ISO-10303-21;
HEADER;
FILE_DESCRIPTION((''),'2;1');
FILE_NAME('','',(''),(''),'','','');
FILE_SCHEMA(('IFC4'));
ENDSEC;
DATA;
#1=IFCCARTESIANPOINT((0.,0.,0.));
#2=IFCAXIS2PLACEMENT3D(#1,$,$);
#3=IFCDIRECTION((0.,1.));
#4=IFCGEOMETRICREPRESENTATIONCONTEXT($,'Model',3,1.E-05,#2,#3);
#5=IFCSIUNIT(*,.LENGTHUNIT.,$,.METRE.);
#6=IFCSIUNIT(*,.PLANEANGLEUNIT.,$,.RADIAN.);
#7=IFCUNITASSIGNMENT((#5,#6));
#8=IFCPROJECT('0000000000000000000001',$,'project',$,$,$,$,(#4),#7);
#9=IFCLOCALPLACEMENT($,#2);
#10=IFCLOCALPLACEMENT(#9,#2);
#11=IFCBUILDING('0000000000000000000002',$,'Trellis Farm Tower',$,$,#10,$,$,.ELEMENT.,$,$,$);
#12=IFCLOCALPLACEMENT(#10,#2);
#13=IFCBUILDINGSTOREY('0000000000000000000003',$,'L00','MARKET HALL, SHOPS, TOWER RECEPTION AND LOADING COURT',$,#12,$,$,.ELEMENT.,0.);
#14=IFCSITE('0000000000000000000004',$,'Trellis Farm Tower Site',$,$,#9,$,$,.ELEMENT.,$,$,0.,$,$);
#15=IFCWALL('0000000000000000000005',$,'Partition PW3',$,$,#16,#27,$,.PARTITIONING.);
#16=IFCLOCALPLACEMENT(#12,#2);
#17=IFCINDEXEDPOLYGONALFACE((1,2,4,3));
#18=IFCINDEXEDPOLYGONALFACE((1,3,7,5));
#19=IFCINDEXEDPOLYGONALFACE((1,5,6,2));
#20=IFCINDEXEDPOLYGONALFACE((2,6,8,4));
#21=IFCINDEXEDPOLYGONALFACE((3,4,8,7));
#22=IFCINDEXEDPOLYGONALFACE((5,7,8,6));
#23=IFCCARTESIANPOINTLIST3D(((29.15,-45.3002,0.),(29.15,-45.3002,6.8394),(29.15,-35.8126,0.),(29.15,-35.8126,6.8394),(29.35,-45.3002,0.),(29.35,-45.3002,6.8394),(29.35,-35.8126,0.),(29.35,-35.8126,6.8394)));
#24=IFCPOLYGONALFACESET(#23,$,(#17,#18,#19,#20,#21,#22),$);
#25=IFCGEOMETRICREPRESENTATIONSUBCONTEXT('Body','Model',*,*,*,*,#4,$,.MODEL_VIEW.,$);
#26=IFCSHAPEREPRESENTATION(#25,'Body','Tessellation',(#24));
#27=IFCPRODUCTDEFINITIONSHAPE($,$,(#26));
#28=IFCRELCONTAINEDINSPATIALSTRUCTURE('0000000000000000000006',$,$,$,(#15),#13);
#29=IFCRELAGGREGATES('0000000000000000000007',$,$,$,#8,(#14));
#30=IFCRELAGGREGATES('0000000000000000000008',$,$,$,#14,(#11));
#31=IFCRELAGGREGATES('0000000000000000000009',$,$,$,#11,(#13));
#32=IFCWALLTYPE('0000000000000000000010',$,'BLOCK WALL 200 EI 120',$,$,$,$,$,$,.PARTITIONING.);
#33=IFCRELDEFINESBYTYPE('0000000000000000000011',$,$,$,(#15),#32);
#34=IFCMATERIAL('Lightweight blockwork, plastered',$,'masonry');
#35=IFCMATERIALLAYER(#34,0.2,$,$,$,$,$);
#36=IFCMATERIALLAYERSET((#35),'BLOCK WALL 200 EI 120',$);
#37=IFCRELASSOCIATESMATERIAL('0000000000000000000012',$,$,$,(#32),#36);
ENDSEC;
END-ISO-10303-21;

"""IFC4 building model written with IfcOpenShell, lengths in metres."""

from ifc_helpers import new_model, si_unit, direction, frame, frame_2d, origin, place, context, subcontext, project, spatial, rectangle, extrude, source, transform, mapped, material, layer, layer_set, type_object, element, save


model = new_model("IFC4")

# Units and contexts
model_context = context("Model", 3, precision=1e-05, world=origin(), true_north=direction((0.0, 1.0)))
body_context = subcontext(model_context, "Body", "Model", "MODEL_VIEW")
ifc_project = project(units=[si_unit("LENGTHUNIT", "METRE"), si_unit("PLANEANGLEUNIT", "RADIAN")], contexts=[model_context])

# Site, building, storey
site_placement = place(None, origin())
site = spatial("IfcSite", under=ifc_project, at=site_placement, Name="Trellis Farm Tower Site", CompositionType="ELEMENT", RefElevation=0.0)
building_placement = place(site_placement, origin())
building = spatial("IfcBuilding", under=site, at=building_placement, Name="Trellis Farm Tower", CompositionType="ELEMENT")
storey_placement = place(building_placement, origin())
storey = spatial("IfcBuildingStorey", under=building, at=storey_placement, Name="L00", Description="MARKET HALL, SHOPS, TOWER RECEPTION AND LOADING COURT", CompositionType="ELEMENT", Elevation=0.0)

# Wall
ifc_material_1 = material(Name="Lightweight blockwork, plastered", Category="masonry")
ifc_layer_1 = layer(ifc_material_1, 0.2)
ifc_layer_set_1 = layer_set([ifc_layer_1], Name="BLOCK WALL 200 EI 120")
wall_type_1 = type_object("IfcWallType", Name="BLOCK WALL 200 EI 120", PredefinedType="PARTITIONING", material=ifc_layer_set_1)
shared_shape_1 = source(origin(), body_context, "Body", "SweptSolid", [
    extrude(rectangle(XDim=9.4875, YDim=0.2, at=frame_2d((4.7437, 0.0))), origin(), (0.0, 0.0, 1.0), 6.8394),
])
wall_1_placement = place(storey_placement, frame((29.25, -45.3, 0.0), z_axis=(0.0, 0.0, 1.0), x_axis=(0.0, 1.0, 0.0)))
element("IfcWall", 1, at=wall_1_placement, inside=storey, type_object=wall_type_1, Name="Partition PW3", PredefinedType="PARTITIONING", context=body_context, shape_type="MappedRepresentation", body=[
    mapped(shared_shape_1, transform((0.0, 0.0, 0.0))),
])

save(model, "model.ifc")
